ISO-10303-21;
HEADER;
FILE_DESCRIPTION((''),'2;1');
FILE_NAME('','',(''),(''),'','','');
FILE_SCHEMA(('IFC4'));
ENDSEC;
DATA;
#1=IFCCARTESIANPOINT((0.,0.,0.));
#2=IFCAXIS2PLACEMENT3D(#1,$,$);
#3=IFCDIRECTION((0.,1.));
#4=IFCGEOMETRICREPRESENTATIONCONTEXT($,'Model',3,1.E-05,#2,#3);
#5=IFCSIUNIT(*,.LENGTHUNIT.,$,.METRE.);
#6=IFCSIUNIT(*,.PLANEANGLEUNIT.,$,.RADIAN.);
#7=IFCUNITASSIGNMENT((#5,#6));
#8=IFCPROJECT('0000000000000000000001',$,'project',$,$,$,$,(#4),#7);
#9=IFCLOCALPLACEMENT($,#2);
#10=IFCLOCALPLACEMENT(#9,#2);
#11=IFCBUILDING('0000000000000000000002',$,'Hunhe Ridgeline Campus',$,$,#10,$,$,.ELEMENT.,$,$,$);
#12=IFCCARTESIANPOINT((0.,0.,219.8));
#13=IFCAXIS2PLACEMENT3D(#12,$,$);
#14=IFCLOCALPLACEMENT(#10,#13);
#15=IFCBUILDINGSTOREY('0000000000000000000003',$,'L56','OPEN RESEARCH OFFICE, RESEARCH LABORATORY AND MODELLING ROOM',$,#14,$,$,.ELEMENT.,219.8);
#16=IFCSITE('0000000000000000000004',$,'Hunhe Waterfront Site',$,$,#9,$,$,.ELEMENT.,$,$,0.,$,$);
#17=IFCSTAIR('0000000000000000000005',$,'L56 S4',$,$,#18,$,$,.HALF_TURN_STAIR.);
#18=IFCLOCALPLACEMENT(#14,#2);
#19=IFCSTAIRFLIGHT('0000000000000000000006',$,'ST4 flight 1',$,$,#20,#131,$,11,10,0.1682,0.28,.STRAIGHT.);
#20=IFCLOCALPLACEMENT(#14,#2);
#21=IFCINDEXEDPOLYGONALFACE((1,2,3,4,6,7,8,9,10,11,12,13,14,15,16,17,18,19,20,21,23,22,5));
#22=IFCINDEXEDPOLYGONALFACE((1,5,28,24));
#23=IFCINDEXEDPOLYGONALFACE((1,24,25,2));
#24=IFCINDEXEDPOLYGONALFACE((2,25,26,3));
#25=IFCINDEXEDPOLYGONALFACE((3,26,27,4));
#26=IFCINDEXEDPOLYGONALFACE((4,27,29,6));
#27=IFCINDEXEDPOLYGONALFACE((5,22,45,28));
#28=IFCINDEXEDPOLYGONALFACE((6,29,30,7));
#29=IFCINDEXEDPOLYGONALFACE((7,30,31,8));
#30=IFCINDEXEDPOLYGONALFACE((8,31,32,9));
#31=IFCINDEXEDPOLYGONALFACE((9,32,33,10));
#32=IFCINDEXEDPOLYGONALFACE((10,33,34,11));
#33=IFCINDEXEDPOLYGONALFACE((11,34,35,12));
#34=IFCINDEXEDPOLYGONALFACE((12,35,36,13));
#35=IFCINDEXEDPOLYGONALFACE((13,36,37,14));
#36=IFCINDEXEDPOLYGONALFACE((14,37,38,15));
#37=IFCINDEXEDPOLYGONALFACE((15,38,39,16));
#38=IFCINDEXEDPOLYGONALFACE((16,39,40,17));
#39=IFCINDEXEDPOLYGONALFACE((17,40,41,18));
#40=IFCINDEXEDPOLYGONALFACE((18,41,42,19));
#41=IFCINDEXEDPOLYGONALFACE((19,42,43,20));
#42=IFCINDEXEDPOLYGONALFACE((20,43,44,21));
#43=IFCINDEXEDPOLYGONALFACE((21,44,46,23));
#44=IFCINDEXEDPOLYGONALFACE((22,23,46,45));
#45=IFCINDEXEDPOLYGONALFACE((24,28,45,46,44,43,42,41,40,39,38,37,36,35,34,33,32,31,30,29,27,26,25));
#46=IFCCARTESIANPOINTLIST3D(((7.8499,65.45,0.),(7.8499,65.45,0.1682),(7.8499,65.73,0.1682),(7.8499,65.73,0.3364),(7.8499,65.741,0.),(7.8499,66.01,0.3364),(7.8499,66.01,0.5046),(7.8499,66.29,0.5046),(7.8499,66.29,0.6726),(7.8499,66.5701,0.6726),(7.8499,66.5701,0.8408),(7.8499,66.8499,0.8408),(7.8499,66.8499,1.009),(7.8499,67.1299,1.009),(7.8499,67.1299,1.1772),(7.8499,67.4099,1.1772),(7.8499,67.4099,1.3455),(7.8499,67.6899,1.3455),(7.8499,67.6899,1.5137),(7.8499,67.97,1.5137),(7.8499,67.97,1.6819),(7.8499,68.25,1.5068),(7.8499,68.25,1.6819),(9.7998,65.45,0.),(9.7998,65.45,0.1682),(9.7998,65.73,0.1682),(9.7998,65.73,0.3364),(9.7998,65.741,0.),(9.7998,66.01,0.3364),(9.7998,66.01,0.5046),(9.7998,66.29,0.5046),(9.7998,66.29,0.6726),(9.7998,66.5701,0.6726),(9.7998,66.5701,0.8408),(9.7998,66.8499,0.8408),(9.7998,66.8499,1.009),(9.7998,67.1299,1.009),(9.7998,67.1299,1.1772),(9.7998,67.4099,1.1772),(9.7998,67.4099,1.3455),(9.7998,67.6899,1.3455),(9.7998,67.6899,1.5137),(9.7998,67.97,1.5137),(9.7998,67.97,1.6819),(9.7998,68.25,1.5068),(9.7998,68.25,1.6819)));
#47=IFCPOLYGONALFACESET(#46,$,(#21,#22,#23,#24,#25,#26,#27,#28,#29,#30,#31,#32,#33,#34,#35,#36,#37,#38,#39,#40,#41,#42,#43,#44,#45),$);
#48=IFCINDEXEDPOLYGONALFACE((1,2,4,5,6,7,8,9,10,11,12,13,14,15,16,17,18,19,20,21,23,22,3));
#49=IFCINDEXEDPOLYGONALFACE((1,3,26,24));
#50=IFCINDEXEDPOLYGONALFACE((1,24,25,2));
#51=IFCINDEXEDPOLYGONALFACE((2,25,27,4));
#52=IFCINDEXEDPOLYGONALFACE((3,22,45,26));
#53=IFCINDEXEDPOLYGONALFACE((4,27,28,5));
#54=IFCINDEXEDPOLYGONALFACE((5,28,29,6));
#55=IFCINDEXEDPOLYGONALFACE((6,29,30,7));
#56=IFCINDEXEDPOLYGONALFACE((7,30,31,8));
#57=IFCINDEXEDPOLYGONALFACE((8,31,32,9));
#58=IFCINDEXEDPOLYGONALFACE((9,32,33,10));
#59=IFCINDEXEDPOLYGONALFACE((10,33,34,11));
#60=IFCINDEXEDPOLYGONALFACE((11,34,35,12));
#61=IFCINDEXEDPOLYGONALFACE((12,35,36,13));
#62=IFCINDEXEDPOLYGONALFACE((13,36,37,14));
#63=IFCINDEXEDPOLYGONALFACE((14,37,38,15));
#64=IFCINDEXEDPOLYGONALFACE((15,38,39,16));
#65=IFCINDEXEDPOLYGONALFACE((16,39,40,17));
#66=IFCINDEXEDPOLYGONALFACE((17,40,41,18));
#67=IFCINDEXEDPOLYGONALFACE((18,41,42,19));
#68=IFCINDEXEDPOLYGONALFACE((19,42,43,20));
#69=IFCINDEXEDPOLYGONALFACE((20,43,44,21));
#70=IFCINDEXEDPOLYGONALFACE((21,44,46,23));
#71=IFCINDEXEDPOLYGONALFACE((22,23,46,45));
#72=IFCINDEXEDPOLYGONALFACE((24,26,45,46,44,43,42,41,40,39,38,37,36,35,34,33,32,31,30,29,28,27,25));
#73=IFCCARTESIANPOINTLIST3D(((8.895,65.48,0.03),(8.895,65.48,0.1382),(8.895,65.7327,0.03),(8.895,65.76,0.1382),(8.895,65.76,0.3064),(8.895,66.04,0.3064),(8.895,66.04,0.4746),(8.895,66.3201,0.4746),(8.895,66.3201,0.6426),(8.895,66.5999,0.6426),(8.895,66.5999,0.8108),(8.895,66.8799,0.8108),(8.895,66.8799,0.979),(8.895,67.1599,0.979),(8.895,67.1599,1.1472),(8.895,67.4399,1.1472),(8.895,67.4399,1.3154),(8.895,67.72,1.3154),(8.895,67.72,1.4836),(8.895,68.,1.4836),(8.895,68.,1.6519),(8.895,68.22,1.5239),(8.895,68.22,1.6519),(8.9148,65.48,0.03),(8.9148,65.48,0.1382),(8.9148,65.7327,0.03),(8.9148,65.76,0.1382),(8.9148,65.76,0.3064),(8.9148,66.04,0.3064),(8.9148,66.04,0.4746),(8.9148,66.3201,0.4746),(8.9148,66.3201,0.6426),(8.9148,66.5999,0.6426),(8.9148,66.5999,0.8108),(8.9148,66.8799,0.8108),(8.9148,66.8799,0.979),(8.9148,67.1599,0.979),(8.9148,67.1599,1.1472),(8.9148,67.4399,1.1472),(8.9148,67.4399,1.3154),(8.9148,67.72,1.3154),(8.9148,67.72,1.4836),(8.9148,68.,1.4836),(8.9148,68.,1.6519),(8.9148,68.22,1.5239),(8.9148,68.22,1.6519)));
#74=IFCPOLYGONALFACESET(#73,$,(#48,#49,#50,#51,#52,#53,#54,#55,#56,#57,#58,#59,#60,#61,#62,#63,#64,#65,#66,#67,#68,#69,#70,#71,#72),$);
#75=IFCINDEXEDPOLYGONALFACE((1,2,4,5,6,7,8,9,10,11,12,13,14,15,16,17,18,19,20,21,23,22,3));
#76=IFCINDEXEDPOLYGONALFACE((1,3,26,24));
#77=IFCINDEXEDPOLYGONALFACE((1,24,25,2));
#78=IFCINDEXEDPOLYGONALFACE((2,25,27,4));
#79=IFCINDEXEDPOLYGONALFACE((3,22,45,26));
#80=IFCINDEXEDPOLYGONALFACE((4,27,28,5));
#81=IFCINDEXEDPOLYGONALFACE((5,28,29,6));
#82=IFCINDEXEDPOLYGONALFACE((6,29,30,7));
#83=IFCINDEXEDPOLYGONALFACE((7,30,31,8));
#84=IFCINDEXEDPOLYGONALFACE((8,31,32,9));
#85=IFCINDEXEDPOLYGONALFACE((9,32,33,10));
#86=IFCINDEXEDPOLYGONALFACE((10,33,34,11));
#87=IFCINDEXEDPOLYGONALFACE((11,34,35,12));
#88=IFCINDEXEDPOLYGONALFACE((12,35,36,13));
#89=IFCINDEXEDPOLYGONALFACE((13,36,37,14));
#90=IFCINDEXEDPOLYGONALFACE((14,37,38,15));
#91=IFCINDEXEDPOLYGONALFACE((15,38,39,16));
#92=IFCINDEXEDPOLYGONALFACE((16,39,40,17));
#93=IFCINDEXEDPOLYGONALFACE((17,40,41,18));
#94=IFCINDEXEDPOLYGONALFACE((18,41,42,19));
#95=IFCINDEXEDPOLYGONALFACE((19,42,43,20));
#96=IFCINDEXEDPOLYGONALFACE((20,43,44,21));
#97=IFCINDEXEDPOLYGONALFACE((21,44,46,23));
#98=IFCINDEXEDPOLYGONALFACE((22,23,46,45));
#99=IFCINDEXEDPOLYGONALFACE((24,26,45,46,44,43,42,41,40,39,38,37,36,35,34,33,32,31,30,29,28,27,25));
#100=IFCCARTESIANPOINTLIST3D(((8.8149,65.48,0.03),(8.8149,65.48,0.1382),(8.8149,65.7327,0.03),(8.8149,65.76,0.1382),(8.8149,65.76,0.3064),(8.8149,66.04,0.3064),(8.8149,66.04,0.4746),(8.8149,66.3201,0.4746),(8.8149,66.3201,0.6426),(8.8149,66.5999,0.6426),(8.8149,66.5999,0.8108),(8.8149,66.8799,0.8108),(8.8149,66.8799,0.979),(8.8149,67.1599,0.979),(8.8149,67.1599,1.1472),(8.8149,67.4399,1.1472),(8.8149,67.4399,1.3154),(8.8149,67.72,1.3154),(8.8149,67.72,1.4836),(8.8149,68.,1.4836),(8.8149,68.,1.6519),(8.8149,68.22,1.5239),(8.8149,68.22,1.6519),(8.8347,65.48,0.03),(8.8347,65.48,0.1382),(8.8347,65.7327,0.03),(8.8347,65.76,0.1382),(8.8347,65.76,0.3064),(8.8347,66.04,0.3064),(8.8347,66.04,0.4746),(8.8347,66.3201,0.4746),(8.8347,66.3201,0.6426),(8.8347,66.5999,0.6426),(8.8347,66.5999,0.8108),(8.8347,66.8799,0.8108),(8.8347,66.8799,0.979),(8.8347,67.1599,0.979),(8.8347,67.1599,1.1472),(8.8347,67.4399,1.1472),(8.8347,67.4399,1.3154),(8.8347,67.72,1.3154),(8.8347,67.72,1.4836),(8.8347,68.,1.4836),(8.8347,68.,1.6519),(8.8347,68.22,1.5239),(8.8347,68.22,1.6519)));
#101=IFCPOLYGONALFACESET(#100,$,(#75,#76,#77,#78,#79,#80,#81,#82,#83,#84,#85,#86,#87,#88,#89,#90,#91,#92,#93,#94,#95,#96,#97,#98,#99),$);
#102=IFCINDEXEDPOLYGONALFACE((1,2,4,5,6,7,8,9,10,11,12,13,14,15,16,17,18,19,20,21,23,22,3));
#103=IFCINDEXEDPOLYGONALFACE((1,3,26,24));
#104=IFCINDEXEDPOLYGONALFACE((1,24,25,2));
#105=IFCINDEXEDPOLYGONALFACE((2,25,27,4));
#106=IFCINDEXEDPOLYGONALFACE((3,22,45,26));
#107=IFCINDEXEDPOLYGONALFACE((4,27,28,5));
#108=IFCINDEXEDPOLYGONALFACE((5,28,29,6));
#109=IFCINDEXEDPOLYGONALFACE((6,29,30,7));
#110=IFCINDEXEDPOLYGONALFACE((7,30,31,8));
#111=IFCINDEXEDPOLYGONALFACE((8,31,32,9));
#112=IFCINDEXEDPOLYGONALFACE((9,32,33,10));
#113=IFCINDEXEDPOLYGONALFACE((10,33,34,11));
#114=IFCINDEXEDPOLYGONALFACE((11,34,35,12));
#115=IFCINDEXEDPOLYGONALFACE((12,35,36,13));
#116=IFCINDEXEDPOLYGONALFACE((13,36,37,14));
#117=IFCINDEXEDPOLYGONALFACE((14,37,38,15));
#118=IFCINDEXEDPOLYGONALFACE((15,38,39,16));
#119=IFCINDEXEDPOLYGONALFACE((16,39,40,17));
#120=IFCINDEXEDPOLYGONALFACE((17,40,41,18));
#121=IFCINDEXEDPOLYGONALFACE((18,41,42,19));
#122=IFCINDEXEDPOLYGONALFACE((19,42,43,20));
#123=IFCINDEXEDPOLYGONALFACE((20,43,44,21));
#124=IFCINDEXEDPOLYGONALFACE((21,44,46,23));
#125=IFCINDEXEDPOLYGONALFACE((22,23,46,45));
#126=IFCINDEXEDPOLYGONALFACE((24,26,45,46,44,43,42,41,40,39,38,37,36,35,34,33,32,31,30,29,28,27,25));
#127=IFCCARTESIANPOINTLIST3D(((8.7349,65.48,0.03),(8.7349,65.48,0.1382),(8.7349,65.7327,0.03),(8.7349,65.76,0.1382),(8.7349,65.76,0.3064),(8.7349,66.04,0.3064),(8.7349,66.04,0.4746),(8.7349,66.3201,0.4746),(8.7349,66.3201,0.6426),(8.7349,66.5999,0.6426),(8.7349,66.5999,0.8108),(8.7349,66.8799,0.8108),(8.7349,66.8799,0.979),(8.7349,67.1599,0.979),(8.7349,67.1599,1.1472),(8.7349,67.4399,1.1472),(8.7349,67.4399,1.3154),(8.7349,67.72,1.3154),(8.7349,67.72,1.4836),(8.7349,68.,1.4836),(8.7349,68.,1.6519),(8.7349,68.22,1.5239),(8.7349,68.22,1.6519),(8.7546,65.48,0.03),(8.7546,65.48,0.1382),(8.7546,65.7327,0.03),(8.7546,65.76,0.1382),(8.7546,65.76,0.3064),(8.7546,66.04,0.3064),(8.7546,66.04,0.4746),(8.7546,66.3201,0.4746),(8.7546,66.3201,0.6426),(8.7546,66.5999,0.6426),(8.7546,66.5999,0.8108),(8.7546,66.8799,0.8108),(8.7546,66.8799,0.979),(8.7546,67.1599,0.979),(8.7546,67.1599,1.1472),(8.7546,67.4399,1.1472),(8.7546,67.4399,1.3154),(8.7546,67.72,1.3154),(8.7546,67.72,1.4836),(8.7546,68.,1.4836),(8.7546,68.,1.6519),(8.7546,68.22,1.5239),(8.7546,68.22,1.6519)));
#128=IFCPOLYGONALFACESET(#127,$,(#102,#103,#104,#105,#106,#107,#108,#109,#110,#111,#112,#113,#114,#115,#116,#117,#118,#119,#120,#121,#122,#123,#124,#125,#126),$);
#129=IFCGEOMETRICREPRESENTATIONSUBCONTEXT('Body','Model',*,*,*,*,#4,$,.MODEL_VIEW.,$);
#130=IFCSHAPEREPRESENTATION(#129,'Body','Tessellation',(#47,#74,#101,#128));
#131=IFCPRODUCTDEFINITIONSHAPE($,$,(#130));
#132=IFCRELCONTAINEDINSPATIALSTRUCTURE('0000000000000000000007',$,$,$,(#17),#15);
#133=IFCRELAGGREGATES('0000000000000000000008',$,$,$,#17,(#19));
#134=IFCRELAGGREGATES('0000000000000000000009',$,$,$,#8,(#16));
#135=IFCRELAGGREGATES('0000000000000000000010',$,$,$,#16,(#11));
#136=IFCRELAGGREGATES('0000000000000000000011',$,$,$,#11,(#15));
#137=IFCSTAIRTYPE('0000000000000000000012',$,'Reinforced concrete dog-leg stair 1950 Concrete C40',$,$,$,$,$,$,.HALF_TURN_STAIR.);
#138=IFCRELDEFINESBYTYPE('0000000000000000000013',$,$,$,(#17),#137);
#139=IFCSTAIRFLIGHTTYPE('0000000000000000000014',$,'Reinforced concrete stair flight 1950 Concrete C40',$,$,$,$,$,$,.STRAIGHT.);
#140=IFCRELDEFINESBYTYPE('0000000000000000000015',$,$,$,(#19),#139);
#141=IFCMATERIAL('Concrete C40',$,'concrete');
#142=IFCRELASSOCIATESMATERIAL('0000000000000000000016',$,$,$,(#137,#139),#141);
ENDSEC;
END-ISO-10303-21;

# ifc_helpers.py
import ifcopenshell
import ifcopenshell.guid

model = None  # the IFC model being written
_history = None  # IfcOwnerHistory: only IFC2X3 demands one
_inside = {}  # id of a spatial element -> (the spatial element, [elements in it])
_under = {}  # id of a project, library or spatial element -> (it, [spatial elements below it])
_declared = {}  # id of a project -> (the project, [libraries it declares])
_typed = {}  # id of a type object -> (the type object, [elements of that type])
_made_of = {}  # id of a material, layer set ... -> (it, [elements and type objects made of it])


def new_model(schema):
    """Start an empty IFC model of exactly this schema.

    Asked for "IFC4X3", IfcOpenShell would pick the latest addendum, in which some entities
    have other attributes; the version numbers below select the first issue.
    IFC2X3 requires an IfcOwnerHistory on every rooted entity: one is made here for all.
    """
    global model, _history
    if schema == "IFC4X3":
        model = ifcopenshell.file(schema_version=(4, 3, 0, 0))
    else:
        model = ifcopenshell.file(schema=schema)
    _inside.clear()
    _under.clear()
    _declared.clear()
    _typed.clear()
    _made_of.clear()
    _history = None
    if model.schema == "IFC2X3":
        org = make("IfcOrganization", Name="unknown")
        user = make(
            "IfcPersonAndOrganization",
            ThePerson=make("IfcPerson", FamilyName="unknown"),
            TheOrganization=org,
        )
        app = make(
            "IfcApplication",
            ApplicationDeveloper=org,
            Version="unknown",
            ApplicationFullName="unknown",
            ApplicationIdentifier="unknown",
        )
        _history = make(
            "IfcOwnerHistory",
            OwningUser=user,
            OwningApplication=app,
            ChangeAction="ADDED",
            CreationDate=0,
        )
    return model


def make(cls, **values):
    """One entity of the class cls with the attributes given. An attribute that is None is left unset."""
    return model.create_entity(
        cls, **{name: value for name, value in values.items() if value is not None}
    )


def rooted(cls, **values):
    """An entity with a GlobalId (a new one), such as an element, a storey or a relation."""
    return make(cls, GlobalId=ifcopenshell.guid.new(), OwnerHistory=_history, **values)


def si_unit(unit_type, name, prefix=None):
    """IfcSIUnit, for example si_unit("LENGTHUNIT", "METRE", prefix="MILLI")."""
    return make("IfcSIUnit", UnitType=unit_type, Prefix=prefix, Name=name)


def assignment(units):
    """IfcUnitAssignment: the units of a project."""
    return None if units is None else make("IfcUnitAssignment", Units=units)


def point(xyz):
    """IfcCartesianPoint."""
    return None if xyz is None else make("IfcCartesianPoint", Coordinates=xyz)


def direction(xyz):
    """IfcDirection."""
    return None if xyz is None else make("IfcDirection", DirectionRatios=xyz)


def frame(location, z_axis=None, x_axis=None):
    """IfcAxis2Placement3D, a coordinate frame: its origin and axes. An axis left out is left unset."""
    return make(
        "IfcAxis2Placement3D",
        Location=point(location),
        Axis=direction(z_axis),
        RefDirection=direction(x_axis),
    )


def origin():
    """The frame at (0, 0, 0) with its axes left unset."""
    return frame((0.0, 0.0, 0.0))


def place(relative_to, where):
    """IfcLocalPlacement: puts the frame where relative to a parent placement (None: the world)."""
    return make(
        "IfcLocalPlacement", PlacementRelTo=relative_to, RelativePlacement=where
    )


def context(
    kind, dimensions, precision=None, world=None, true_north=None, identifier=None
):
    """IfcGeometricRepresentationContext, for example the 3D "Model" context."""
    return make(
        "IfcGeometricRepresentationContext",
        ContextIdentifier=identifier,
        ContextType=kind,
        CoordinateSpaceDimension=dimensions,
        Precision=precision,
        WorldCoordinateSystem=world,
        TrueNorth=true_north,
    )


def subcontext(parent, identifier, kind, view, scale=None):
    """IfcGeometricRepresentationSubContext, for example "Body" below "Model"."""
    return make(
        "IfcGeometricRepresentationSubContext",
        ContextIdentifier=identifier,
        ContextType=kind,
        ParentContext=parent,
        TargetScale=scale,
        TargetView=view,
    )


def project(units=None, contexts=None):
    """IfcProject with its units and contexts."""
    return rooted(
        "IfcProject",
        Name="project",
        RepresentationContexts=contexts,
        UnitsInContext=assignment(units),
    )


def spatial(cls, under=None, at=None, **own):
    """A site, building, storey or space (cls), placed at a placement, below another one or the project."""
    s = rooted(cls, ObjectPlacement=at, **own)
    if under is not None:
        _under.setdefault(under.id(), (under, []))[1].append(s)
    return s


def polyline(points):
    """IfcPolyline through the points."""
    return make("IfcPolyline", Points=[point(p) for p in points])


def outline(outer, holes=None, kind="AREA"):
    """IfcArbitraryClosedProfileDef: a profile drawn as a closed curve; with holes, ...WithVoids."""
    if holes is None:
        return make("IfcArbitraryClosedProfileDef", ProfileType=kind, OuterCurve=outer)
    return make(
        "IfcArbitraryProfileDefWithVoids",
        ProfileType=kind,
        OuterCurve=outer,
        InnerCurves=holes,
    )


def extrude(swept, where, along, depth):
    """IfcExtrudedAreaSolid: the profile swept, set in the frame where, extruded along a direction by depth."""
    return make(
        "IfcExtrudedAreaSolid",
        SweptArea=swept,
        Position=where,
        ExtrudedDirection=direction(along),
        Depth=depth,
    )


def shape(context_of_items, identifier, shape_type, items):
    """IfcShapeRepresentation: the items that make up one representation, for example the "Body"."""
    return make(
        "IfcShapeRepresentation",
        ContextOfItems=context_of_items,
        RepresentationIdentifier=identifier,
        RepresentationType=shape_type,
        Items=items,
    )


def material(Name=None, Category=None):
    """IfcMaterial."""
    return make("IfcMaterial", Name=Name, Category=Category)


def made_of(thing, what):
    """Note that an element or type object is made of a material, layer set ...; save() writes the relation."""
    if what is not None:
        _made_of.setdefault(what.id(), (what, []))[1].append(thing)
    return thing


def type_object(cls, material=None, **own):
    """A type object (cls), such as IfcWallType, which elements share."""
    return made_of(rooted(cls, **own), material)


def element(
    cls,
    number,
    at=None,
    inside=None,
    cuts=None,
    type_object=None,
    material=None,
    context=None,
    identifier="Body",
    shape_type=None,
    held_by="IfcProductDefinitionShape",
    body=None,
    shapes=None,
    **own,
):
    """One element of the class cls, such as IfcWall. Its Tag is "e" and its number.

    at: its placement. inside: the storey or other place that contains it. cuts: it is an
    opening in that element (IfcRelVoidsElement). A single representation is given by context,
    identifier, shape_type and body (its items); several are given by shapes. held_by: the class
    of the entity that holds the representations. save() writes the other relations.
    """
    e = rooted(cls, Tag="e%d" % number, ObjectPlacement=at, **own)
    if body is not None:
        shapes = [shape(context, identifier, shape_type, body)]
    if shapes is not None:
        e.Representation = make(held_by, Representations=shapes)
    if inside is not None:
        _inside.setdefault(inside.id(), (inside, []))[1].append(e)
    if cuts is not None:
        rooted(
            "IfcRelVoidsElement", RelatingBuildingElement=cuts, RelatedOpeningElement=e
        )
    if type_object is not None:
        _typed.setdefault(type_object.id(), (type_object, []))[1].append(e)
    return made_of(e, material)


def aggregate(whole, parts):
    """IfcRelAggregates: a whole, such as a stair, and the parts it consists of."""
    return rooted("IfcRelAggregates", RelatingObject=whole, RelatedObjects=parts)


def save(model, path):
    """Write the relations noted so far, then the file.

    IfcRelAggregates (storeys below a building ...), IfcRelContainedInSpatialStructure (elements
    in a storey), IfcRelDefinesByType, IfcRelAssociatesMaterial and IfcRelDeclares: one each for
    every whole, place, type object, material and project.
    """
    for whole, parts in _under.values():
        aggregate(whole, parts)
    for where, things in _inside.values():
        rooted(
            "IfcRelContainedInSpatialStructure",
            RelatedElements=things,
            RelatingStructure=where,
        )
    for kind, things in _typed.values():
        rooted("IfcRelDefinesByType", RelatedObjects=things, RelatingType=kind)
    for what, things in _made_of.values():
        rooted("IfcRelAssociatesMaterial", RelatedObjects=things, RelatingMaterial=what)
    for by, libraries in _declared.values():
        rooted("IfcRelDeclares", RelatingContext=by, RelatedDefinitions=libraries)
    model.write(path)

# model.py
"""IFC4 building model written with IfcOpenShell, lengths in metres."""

from ifc_helpers import new_model, si_unit, direction, frame, origin, place, context, subcontext, project, spatial, polyline, outline, extrude, material, type_object, element, aggregate, save


model = new_model("IFC4")

# Units and contexts
model_context = context("Model", 3, precision=1e-05, world=origin(), true_north=direction((0.0, 1.0)))
body_context = subcontext(model_context, "Body", "Model", "MODEL_VIEW")
ifc_project = project(units=[si_unit("LENGTHUNIT", "METRE"), si_unit("PLANEANGLEUNIT", "RADIAN")], contexts=[model_context])

# Site, building, storey
site_placement = place(None, origin())
site = spatial("IfcSite", under=ifc_project, at=site_placement, Name="Hunhe Waterfront Site", CompositionType="ELEMENT", RefElevation=0.0)
building_placement = place(site_placement, origin())
building = spatial("IfcBuilding", under=site, at=building_placement, Name="Hunhe Ridgeline Campus", CompositionType="ELEMENT")
storey_placement = place(building_placement, frame((0.0, 0.0, 219.8)))
storey = spatial("IfcBuildingStorey", under=building, at=storey_placement, Name="L56", Description="OPEN RESEARCH OFFICE, RESEARCH LABORATORY AND MODELLING ROOM", CompositionType="ELEMENT", Elevation=219.8)

# Stair, stair flight
ifc_material_1 = material(Name="Concrete C40", Category="concrete")
stair_type = type_object("IfcStairType", Name="Reinforced concrete dog-leg stair 1950 Concrete C40", PredefinedType="HALF_TURN_STAIR", material=ifc_material_1)
stair_flight_type = type_object("IfcStairFlightType", Name="Reinforced concrete stair flight 1950 Concrete C40", PredefinedType="STRAIGHT", material=ifc_material_1)
stair_1_placement = place(storey_placement, origin())
stair_1 = element("IfcStair", 1, at=stair_1_placement, inside=storey, type_object=stair_type, Name="L56 S4", PredefinedType="HALF_TURN_STAIR")
stair_flight_1_placement = place(storey_placement, frame((8.825, 65.45, 0.0), z_axis=(0.0, 0.0, 1.0), x_axis=(0.0, 1.0, 0.0)))
stair_flight_1 = element("IfcStairFlight", 2, at=stair_flight_1_placement, type_object=stair_flight_type, Name="ST4 flight 1", NumberOfRisers=11, NumberOfTreads=10, PredefinedType="STRAIGHT", RiserHeight=0.1682, TreadLength=0.28, context=body_context, shape_type="SweptSolid", body=[
    extrude(outline(polyline([(0.0, 0.0), (0.0, 0.1682), (0.28, 0.1682), (0.28, 0.3364), (0.5601, 0.3364), (0.5601, 0.5046), (0.8401, 0.5046), (0.8401, 0.6726), (1.1201, 0.6726), (1.1201, 0.8408), (1.3999, 0.8408), (1.3999, 1.009), (1.6799, 1.009), (1.6799, 1.1772), (1.96, 1.1772), (1.96, 1.3455), (2.24, 1.3455), (2.24, 1.5137), (2.52, 1.5137), (2.52, 1.6819), (2.8, 1.6819), (2.8, 1.8501), (2.8, 1.5068), (0.291, 0.0), (0.0, 0.0)])), frame((0.0, 0.9751, 0.0), z_axis=(0.0, -1.0, 0.0), x_axis=(1.0, 0.0, 0.0)), (0.0, 0.0, 1.0), 1.95),
    extrude(outline(polyline([(0.03, 0.03), (0.03, 0.1382), (0.3101, 0.1382), (0.3101, 0.3064), (0.5901, 0.3064), (0.5901, 0.4746), (0.8701, 0.4746), (0.8701, 0.6426), (1.1499, 0.6426), (1.1499, 0.8108), (1.4299, 0.8108), (1.4299, 0.979), (1.71, 0.979), (1.71, 1.1472), (1.99, 1.1472), (1.99, 1.3154), (2.27, 1.3154), (2.27, 1.4836), (2.55, 1.4836), (2.55, 1.6519), (2.77, 1.6519), (2.77, 1.5239), (0.2827, 0.03), (0.03, 0.03)])), frame((0.0, -0.0701, 0.0), z_axis=(0.0, -1.0, 0.0), x_axis=(1.0, 0.0, 0.0)), (0.0, 0.0, 1.0), 0.0198),
    extrude(outline(polyline([(0.03, 0.03), (0.03, 0.1382), (0.3101, 0.1382), (0.3101, 0.3064), (0.5901, 0.3064), (0.5901, 0.4746), (0.8701, 0.4746), (0.8701, 0.6426), (1.1499, 0.6426), (1.1499, 0.8108), (1.4299, 0.8108), (1.4299, 0.979), (1.71, 0.979), (1.71, 1.1472), (1.99, 1.1472), (1.99, 1.3154), (2.27, 1.3154), (2.27, 1.4836), (2.55, 1.4836), (2.55, 1.6519), (2.77, 1.6519), (2.77, 1.5239), (0.2827, 0.03), (0.03, 0.03)])), frame((0.0, 0.01, 0.0), z_axis=(0.0, -1.0, 0.0), x_axis=(1.0, 0.0, 0.0)), (0.0, 0.0, 1.0), 0.0198),
    extrude(outline(polyline([(0.03, 0.03), (0.03, 0.1382), (0.3101, 0.1382), (0.3101, 0.3064), (0.5901, 0.3064), (0.5901, 0.4746), (0.8701, 0.4746), (0.8701, 0.6426), (1.1499, 0.6426), (1.1499, 0.8108), (1.4299, 0.8108), (1.4299, 0.979), (1.71, 0.979), (1.71, 1.1472), (1.99, 1.1472), (1.99, 1.3154), (2.27, 1.3154), (2.27, 1.4836), (2.55, 1.4836), (2.55, 1.6519), (2.77, 1.6519), (2.77, 1.5239), (0.2827, 0.03), (0.03, 0.03)])), frame((0.0, 0.0901, 0.0), z_axis=(0.0, -1.0, 0.0), x_axis=(1.0, 0.0, 0.0)), (0.0, 0.0, 1.0), 0.0198),
])
aggregate(stair_1, [stair_flight_1])

save(model, "model.ifc")
